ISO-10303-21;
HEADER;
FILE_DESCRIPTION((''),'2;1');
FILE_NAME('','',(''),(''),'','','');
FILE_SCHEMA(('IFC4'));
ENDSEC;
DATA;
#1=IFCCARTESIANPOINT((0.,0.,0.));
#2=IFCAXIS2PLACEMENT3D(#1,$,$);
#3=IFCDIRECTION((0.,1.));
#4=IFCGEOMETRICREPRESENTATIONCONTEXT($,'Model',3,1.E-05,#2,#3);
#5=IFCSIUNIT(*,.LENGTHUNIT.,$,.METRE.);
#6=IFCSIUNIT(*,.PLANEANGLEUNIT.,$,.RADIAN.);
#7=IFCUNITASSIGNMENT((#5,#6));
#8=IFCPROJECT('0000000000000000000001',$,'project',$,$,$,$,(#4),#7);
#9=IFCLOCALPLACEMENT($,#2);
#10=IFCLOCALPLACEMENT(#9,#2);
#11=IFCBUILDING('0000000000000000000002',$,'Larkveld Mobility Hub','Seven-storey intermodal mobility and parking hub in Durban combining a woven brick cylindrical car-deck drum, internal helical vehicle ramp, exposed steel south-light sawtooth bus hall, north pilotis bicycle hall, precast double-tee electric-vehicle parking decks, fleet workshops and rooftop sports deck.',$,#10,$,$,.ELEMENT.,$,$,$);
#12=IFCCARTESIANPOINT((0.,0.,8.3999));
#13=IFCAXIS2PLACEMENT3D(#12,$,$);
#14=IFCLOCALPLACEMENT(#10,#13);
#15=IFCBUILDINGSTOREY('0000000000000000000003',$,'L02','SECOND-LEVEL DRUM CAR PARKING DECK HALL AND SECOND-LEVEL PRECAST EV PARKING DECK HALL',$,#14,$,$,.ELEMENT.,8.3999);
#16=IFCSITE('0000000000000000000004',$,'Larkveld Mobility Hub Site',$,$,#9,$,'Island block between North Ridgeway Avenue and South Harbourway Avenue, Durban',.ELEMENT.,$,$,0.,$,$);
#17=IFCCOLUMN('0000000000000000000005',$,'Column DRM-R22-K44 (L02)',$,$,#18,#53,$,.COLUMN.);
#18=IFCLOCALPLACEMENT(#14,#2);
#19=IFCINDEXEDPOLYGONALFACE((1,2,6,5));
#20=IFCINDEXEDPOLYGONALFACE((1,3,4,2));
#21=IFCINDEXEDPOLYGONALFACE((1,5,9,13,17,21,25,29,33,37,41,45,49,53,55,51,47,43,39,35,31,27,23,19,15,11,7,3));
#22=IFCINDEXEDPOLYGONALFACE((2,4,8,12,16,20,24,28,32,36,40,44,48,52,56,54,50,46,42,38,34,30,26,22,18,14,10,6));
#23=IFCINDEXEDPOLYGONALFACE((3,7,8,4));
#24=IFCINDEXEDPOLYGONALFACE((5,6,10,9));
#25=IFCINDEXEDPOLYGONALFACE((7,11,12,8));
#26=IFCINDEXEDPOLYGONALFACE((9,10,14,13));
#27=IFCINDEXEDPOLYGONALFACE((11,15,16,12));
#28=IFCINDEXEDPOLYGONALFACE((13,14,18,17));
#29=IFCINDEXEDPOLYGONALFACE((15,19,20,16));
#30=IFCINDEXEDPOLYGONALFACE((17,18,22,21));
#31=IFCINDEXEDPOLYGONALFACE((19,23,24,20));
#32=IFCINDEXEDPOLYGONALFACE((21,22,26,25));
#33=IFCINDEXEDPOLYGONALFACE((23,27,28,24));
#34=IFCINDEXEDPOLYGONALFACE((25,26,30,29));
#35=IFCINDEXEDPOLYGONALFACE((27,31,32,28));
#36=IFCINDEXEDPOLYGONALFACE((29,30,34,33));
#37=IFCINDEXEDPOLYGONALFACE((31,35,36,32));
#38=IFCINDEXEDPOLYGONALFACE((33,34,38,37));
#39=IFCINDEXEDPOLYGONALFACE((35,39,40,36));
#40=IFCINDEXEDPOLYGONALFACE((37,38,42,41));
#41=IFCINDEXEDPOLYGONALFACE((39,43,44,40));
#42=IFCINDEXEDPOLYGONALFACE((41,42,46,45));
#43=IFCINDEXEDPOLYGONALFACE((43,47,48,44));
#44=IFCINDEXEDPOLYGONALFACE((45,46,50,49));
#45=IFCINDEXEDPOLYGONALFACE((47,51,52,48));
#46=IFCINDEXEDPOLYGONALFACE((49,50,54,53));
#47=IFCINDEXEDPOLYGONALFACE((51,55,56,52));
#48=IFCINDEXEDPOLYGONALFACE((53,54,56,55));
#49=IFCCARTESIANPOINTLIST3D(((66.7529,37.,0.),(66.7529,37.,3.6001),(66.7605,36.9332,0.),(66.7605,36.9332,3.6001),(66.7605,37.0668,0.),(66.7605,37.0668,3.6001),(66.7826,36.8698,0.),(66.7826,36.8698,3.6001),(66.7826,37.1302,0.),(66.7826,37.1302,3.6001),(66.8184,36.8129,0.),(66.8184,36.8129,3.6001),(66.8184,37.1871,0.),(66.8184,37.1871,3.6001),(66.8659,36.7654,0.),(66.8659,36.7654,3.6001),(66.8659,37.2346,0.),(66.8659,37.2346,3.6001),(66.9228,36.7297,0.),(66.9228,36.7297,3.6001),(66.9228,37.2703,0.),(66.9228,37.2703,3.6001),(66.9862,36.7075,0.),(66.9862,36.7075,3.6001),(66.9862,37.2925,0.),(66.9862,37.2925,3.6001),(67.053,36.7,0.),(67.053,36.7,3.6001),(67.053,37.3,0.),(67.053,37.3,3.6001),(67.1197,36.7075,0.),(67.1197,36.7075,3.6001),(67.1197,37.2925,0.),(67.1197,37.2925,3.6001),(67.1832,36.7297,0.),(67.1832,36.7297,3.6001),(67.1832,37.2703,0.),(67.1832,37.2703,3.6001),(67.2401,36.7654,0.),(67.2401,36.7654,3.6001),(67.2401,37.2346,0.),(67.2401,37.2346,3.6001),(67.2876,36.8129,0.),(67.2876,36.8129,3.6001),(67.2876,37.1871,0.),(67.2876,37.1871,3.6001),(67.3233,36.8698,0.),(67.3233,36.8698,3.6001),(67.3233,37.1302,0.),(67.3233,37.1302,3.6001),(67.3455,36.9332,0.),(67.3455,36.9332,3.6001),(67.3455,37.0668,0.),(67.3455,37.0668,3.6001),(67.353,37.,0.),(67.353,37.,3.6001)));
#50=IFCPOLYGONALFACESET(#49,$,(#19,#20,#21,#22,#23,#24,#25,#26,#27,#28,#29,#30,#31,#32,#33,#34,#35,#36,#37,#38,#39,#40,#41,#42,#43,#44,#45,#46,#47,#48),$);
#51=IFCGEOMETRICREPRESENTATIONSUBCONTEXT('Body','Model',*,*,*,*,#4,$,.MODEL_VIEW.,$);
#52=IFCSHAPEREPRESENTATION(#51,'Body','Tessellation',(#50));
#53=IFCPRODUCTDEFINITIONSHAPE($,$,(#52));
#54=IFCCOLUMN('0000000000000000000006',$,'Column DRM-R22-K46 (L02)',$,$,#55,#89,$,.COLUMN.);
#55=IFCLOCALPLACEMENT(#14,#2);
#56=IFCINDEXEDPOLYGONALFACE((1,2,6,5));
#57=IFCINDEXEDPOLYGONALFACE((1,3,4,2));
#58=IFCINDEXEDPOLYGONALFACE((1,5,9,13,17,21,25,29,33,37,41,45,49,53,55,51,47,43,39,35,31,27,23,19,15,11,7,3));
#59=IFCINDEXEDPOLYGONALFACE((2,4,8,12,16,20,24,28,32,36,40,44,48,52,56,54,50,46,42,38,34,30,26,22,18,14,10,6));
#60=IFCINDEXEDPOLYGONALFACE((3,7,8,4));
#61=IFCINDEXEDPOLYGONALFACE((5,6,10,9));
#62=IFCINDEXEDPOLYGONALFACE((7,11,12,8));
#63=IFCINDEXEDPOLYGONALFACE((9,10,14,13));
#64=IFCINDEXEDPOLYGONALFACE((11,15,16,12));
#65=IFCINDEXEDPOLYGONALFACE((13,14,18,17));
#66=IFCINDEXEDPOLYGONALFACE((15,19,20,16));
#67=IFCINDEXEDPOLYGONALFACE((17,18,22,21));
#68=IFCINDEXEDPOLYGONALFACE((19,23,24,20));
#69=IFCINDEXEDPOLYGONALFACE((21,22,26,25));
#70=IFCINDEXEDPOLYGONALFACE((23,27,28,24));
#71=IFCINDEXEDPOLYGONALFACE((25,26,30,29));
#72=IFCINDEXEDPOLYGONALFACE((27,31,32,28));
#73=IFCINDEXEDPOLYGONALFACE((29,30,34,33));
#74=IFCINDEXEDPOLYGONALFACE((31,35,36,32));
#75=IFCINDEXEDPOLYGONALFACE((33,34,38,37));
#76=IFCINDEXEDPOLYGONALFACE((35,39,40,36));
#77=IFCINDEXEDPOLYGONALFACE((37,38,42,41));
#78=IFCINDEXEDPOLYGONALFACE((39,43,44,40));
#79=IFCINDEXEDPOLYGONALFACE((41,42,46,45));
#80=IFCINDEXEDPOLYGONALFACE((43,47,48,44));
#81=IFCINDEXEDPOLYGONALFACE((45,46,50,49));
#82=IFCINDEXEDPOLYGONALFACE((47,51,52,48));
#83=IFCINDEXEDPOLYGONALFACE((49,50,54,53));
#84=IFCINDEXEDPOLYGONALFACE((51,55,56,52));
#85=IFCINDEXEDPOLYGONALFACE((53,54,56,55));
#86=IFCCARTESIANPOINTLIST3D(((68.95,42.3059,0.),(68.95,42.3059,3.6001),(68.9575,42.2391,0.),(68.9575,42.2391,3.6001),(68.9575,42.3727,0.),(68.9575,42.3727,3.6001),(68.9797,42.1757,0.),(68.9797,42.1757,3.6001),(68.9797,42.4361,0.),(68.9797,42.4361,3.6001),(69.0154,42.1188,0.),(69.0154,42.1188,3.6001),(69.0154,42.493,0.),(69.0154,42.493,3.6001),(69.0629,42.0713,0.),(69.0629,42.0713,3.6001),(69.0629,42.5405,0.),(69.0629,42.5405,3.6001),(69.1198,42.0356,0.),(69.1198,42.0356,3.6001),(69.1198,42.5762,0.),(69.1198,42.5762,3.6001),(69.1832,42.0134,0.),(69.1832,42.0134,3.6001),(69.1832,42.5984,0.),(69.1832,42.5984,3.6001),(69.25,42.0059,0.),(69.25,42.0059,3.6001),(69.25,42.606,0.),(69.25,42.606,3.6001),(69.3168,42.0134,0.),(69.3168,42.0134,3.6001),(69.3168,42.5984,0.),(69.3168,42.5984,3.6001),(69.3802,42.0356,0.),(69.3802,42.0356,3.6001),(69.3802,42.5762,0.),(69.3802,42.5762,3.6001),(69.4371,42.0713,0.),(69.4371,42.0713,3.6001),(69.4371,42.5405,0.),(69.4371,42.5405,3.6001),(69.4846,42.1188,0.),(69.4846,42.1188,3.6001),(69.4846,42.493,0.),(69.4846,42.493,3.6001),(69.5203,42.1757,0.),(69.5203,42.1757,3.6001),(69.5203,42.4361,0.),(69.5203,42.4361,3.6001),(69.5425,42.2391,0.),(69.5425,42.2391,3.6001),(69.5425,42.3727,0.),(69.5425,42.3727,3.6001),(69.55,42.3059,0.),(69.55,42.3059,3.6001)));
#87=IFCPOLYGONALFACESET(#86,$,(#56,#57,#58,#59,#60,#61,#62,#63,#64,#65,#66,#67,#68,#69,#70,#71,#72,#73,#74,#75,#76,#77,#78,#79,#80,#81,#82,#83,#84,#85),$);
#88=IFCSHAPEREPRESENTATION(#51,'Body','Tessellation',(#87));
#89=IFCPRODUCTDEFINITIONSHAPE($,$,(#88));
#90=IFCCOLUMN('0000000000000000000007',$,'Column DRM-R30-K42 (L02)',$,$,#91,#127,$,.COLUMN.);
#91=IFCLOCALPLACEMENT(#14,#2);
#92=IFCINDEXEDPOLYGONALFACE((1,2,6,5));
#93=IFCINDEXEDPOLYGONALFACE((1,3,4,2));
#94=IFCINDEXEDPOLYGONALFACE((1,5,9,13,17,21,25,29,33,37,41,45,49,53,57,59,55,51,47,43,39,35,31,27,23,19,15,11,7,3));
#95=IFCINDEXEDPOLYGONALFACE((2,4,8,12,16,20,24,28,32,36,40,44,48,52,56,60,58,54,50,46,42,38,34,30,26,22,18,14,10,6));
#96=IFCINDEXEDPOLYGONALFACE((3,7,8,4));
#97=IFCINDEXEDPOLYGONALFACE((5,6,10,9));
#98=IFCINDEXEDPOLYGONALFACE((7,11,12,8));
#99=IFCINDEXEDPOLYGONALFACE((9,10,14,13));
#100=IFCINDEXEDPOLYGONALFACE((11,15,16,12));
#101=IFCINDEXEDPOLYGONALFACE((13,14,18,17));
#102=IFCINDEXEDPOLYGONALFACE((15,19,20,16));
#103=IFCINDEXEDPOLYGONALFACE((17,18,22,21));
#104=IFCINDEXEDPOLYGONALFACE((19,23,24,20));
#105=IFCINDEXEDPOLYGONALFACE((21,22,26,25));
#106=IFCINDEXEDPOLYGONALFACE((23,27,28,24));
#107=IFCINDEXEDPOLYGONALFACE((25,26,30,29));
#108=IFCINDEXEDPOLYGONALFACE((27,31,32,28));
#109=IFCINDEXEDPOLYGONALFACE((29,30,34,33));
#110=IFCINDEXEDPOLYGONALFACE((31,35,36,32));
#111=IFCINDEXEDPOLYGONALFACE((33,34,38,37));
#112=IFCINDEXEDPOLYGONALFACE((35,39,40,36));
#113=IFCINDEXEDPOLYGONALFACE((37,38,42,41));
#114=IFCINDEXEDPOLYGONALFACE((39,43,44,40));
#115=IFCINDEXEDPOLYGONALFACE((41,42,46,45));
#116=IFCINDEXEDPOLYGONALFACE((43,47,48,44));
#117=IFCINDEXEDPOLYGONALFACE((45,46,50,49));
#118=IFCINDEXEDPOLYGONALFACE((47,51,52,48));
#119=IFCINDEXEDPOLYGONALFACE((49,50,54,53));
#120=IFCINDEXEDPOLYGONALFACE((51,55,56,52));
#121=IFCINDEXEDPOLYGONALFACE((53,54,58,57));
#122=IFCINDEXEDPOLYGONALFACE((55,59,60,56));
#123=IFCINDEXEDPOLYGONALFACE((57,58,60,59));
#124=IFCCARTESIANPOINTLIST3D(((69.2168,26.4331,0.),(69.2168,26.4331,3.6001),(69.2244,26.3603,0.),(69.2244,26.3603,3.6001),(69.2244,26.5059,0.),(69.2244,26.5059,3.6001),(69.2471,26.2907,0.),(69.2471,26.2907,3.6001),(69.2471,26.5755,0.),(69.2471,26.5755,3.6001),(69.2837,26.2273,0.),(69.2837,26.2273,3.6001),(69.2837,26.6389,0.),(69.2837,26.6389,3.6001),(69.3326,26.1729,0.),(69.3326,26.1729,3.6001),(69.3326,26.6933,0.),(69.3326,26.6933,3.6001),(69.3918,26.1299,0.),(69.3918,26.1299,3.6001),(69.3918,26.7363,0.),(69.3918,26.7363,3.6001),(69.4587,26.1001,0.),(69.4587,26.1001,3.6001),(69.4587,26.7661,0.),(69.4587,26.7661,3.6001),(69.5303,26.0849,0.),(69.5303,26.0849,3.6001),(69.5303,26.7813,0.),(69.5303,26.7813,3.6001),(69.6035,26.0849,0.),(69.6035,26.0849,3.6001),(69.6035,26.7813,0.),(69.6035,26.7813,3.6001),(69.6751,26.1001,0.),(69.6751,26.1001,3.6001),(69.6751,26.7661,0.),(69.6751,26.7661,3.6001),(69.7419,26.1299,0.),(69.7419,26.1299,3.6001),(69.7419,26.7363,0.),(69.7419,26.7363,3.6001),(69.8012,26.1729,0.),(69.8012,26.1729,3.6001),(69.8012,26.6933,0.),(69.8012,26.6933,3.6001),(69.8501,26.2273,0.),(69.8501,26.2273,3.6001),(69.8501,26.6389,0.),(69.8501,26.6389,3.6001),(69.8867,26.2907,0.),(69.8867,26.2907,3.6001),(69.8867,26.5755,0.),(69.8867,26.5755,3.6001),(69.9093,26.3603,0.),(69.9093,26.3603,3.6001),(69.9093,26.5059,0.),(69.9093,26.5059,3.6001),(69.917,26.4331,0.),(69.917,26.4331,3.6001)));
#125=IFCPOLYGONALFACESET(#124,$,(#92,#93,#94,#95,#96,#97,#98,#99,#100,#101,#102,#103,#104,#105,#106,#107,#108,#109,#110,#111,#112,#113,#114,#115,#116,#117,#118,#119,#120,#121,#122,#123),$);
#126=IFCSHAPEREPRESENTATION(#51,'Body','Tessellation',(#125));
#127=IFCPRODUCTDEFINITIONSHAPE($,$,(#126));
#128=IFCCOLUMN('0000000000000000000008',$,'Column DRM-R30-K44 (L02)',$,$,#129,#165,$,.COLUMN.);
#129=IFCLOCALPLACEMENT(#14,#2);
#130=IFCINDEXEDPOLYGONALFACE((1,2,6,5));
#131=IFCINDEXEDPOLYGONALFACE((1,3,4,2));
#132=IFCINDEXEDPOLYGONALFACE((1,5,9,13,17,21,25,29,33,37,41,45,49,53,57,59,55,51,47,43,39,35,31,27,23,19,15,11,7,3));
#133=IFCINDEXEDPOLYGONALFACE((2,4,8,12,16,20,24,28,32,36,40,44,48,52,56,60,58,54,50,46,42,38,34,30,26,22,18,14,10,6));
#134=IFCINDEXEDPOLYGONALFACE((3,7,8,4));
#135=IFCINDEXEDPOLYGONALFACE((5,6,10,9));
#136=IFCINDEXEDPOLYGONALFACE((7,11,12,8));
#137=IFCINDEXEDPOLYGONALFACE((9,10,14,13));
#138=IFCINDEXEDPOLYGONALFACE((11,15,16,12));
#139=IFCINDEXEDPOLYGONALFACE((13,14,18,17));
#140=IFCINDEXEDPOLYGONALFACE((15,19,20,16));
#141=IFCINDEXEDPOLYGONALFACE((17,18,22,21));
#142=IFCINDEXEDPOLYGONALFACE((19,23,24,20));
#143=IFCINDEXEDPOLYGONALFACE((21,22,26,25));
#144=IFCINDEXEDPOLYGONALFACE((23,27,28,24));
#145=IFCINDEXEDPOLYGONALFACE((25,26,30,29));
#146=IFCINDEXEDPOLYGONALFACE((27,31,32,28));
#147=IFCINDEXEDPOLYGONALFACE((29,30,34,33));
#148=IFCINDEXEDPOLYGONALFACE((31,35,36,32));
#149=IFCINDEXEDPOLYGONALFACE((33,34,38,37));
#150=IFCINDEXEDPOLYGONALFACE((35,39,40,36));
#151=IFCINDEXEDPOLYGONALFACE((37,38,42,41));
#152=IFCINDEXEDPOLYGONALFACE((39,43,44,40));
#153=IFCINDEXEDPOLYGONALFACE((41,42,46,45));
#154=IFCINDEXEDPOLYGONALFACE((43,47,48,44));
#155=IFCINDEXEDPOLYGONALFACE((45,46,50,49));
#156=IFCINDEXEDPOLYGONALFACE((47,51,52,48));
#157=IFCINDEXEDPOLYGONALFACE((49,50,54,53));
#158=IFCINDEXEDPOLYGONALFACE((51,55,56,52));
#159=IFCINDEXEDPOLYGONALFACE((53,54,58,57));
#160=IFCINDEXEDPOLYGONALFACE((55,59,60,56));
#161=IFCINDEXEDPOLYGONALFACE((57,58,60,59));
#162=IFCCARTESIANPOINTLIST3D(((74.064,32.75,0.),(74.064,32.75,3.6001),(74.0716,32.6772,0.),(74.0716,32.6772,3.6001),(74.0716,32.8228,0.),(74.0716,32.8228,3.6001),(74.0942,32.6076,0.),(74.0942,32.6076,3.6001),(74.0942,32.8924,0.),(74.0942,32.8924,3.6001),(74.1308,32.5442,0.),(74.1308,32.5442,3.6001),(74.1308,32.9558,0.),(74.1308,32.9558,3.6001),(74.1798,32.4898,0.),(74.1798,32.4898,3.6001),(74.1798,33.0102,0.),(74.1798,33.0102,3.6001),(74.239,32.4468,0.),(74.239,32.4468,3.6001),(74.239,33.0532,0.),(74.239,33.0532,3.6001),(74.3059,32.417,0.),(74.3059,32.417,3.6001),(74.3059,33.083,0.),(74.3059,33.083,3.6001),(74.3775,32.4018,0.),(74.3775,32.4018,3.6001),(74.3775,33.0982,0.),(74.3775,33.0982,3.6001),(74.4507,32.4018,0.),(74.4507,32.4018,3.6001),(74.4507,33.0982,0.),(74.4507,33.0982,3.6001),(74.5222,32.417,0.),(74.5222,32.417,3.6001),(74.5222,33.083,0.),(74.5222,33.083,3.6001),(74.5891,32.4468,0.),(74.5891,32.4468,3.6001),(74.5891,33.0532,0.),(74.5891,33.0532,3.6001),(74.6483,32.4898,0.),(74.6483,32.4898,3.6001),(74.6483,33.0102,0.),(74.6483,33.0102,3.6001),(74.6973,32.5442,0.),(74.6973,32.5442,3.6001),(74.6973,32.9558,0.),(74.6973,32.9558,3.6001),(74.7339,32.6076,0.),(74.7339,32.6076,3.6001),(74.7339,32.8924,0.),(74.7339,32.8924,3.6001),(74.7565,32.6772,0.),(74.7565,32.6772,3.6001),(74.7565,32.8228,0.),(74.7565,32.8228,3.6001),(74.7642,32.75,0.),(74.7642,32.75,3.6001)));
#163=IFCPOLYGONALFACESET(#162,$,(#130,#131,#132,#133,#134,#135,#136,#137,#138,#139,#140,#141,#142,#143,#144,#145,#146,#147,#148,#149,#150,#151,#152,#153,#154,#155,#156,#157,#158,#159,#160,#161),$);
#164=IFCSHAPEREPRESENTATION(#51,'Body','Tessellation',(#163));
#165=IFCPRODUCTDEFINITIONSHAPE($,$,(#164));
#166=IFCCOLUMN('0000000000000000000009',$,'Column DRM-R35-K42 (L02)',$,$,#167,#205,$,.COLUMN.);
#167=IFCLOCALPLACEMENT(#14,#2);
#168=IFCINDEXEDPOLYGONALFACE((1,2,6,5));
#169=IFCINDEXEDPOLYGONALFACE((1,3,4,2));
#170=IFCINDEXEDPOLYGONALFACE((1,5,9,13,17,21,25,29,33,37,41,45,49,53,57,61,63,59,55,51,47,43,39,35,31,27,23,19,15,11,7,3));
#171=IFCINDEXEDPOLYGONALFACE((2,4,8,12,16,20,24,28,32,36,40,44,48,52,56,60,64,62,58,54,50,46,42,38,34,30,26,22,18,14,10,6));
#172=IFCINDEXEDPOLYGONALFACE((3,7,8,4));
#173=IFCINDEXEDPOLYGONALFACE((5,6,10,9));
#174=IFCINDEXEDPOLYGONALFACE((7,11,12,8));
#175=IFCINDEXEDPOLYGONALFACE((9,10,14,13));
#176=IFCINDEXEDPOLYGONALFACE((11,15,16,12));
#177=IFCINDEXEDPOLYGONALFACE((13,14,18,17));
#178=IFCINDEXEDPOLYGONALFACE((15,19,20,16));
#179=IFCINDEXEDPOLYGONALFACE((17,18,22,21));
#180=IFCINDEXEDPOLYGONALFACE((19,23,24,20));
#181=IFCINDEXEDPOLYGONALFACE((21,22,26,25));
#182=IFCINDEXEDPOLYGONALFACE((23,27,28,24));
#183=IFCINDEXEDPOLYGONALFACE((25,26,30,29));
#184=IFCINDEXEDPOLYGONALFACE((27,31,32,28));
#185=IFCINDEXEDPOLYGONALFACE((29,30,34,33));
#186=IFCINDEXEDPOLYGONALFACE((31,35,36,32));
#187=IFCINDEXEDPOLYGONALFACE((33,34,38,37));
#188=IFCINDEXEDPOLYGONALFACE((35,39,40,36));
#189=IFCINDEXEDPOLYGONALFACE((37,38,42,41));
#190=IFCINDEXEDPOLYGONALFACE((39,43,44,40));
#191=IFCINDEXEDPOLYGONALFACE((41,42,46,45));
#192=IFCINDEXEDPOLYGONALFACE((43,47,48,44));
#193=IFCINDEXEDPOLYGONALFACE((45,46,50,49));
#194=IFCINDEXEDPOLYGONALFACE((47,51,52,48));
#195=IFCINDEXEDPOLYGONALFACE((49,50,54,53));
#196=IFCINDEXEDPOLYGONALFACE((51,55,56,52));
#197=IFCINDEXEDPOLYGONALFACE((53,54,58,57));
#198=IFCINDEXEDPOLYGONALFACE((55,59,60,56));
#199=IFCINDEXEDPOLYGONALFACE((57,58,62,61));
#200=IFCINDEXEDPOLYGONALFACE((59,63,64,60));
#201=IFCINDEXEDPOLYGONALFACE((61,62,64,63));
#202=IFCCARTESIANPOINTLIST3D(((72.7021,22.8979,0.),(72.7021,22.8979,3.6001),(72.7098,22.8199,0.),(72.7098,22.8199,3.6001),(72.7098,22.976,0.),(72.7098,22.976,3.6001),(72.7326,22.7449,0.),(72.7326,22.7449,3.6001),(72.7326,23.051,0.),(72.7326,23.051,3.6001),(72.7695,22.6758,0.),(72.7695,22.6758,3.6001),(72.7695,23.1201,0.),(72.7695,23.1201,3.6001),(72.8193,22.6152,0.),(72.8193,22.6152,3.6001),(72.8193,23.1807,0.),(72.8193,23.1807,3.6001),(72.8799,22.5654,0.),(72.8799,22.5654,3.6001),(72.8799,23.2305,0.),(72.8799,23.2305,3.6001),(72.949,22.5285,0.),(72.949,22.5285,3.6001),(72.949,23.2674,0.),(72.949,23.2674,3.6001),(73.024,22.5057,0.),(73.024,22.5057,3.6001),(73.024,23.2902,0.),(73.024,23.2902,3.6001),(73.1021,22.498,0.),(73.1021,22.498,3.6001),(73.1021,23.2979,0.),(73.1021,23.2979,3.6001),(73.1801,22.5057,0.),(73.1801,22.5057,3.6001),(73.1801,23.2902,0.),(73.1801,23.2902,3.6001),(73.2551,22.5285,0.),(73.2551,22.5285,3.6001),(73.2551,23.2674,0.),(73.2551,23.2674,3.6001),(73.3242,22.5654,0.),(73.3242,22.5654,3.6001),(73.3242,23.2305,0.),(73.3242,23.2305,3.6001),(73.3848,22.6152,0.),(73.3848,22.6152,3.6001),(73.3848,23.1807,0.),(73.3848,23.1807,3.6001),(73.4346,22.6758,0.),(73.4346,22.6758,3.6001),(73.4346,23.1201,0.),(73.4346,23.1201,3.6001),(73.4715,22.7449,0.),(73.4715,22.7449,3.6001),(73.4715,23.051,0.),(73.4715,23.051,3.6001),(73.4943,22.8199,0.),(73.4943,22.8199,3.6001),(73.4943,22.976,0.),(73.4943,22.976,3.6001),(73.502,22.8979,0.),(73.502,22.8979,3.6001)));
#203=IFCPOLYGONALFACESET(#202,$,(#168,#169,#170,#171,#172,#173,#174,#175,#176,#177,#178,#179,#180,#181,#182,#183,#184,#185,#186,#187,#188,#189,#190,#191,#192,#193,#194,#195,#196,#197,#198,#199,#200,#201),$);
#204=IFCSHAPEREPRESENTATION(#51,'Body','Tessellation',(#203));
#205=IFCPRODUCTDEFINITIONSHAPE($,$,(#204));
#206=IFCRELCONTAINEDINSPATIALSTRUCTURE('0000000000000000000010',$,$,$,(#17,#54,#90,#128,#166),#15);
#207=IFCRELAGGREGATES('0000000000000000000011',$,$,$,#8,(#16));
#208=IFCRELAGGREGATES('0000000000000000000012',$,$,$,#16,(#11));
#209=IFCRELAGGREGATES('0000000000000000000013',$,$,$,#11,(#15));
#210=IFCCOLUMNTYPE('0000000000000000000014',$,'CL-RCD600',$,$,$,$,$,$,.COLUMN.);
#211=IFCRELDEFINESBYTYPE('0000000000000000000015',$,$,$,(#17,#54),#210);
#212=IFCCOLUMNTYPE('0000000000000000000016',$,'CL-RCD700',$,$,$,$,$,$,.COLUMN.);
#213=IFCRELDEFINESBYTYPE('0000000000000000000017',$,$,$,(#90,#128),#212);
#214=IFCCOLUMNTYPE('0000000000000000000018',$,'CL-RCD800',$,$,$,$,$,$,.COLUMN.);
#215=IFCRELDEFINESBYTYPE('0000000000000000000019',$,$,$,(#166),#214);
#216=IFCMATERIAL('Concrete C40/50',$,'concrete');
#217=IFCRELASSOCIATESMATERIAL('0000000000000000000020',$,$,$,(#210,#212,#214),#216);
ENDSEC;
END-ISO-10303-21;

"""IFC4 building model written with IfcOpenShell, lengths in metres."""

from ifc_helpers import new_model, si_unit, direction, frame, origin, origin_2d, place, context, subcontext, project, spatial, circle, extrude, material, material_profile, profile_set, type_object, element, save


model = new_model("IFC4")

# Units and contexts
model_context = context("Model", 3, precision=1e-05, world=origin(), true_north=direction((0.0, 1.0)))
body_context = subcontext(model_context, "Body", "Model", "MODEL_VIEW")
ifc_project = project(units=[si_unit("LENGTHUNIT", "METRE"), si_unit("PLANEANGLEUNIT", "RADIAN")], contexts=[model_context])

# Site, building, storey
site_placement = place(None, origin())
site = spatial("IfcSite", under=ifc_project, at=site_placement, Name="Larkveld Mobility Hub Site", LongName="Island block between North Ridgeway Avenue and South Harbourway Avenue, Durban", CompositionType="ELEMENT", RefElevation=0.0)
building_placement = place(site_placement, origin())
building = spatial("IfcBuilding", under=site, at=building_placement, Name="Larkveld Mobility Hub", Description="Seven-storey intermodal mobility and parking hub in Durban combining a woven brick cylindrical car-deck drum, internal helical vehicle ramp, exposed steel south-light sawtooth bus hall, north pilotis bicycle hall, precast double-tee electric-vehicle parking decks, fleet workshops and rooftop sports deck.", CompositionType="ELEMENT")
storey_placement = place(building_placement, frame((0.0, 0.0, 8.3999)))
storey = spatial("IfcBuildingStorey", under=building, at=storey_placement, Name="L02", Description="SECOND-LEVEL DRUM CAR PARKING DECK HALL AND SECOND-LEVEL PRECAST EV PARKING DECK HALL", CompositionType="ELEMENT", Elevation=8.3999)

# Columns
ifc_material_1 = material(Name="Concrete C40/50", Category="concrete")
ifc_material_profile_1 = material_profile(ifc_material_1, circle(Radius=0.3, at=origin_2d()), Name="RC COL D600")
ifc_profile_set_1 = profile_set([ifc_material_profile_1], Name="Concrete C40/50")
column_type_1 = type_object("IfcColumnType", Name="CL-RCD600", PredefinedType="COLUMN", material=ifc_profile_set_1)
for number, where, z_axis, x_axis, name in (
    (1, (67.053, 37.0, 0.0), (0.0, 0.0, 1.0), (1.0, 0.0, 0.0), "Column DRM-R22-K44 (L02)"),
    (2, (69.25, 42.3059, 0.0), (0.0, 0.0, 1.0), (1.0, 0.0, 0.0), "Column DRM-R22-K46 (L02)"),
):
    element("IfcColumn", number, at=place(storey_placement, frame(where, z_axis=z_axis, x_axis=x_axis)), inside=storey, type_object=column_type_1, Name=name, PredefinedType="COLUMN", context=body_context, shape_type="SweptSolid", body=[
        extrude(circle(Radius=0.3, at=origin_2d()), origin(), (0.0, 0.0, 1.0), 3.6001),
    ])
ifc_material_profile_2 = material_profile(ifc_material_1, circle(Radius=0.3501, at=origin_2d()), Name="RC COL D700")
ifc_profile_set_2 = profile_set([ifc_material_profile_2], Name="Concrete C40/50")
column_type_2 = type_object("IfcColumnType", Name="CL-RCD700", PredefinedType="COLUMN", material=ifc_profile_set_2)
for number, where, z_axis, x_axis, name in (
    (3, (69.5669, 26.4331, 0.0), (0.0, 0.0, 1.0), (1.0, 0.0, 0.0), "Column DRM-R30-K42 (L02)"),
    (4, (74.4141, 32.75, 0.0), (0.0, 0.0, 1.0), (1.0, 0.0, 0.0), "Column DRM-R30-K44 (L02)"),
):
    element("IfcColumn", number, at=place(storey_placement, frame(where, z_axis=z_axis, x_axis=x_axis)), inside=storey, type_object=column_type_2, Name=name, PredefinedType="COLUMN", context=body_context, shape_type="SweptSolid", body=[
        extrude(circle(Radius=0.3501, at=origin_2d()), origin(), (0.0, 0.0, 1.0), 3.6001),
    ])
ifc_material_profile_3 = material_profile(ifc_material_1, circle(Radius=0.3999, at=origin_2d()), Name="RC COL D800")
ifc_profile_set_3 = profile_set([ifc_material_profile_3], Name="Concrete C40/50")
column_type_3 = type_object("IfcColumnType", Name="CL-RCD800", PredefinedType="COLUMN", material=ifc_profile_set_3)
column_placement = place(storey_placement, frame((73.1021, 22.8979, 0.0), z_axis=(0.0, 0.0, 1.0), x_axis=(1.0, 0.0, 0.0)))
element("IfcColumn", 5, at=column_placement, inside=storey, type_object=column_type_3, Name="Column DRM-R35-K42 (L02)", PredefinedType="COLUMN", context=body_context, shape_type="SweptSolid", body=[
    extrude(circle(Radius=0.3999, at=origin_2d()), origin(), (0.0, 0.0, 1.0), 3.6001),
])

save(model, "model.ifc")
